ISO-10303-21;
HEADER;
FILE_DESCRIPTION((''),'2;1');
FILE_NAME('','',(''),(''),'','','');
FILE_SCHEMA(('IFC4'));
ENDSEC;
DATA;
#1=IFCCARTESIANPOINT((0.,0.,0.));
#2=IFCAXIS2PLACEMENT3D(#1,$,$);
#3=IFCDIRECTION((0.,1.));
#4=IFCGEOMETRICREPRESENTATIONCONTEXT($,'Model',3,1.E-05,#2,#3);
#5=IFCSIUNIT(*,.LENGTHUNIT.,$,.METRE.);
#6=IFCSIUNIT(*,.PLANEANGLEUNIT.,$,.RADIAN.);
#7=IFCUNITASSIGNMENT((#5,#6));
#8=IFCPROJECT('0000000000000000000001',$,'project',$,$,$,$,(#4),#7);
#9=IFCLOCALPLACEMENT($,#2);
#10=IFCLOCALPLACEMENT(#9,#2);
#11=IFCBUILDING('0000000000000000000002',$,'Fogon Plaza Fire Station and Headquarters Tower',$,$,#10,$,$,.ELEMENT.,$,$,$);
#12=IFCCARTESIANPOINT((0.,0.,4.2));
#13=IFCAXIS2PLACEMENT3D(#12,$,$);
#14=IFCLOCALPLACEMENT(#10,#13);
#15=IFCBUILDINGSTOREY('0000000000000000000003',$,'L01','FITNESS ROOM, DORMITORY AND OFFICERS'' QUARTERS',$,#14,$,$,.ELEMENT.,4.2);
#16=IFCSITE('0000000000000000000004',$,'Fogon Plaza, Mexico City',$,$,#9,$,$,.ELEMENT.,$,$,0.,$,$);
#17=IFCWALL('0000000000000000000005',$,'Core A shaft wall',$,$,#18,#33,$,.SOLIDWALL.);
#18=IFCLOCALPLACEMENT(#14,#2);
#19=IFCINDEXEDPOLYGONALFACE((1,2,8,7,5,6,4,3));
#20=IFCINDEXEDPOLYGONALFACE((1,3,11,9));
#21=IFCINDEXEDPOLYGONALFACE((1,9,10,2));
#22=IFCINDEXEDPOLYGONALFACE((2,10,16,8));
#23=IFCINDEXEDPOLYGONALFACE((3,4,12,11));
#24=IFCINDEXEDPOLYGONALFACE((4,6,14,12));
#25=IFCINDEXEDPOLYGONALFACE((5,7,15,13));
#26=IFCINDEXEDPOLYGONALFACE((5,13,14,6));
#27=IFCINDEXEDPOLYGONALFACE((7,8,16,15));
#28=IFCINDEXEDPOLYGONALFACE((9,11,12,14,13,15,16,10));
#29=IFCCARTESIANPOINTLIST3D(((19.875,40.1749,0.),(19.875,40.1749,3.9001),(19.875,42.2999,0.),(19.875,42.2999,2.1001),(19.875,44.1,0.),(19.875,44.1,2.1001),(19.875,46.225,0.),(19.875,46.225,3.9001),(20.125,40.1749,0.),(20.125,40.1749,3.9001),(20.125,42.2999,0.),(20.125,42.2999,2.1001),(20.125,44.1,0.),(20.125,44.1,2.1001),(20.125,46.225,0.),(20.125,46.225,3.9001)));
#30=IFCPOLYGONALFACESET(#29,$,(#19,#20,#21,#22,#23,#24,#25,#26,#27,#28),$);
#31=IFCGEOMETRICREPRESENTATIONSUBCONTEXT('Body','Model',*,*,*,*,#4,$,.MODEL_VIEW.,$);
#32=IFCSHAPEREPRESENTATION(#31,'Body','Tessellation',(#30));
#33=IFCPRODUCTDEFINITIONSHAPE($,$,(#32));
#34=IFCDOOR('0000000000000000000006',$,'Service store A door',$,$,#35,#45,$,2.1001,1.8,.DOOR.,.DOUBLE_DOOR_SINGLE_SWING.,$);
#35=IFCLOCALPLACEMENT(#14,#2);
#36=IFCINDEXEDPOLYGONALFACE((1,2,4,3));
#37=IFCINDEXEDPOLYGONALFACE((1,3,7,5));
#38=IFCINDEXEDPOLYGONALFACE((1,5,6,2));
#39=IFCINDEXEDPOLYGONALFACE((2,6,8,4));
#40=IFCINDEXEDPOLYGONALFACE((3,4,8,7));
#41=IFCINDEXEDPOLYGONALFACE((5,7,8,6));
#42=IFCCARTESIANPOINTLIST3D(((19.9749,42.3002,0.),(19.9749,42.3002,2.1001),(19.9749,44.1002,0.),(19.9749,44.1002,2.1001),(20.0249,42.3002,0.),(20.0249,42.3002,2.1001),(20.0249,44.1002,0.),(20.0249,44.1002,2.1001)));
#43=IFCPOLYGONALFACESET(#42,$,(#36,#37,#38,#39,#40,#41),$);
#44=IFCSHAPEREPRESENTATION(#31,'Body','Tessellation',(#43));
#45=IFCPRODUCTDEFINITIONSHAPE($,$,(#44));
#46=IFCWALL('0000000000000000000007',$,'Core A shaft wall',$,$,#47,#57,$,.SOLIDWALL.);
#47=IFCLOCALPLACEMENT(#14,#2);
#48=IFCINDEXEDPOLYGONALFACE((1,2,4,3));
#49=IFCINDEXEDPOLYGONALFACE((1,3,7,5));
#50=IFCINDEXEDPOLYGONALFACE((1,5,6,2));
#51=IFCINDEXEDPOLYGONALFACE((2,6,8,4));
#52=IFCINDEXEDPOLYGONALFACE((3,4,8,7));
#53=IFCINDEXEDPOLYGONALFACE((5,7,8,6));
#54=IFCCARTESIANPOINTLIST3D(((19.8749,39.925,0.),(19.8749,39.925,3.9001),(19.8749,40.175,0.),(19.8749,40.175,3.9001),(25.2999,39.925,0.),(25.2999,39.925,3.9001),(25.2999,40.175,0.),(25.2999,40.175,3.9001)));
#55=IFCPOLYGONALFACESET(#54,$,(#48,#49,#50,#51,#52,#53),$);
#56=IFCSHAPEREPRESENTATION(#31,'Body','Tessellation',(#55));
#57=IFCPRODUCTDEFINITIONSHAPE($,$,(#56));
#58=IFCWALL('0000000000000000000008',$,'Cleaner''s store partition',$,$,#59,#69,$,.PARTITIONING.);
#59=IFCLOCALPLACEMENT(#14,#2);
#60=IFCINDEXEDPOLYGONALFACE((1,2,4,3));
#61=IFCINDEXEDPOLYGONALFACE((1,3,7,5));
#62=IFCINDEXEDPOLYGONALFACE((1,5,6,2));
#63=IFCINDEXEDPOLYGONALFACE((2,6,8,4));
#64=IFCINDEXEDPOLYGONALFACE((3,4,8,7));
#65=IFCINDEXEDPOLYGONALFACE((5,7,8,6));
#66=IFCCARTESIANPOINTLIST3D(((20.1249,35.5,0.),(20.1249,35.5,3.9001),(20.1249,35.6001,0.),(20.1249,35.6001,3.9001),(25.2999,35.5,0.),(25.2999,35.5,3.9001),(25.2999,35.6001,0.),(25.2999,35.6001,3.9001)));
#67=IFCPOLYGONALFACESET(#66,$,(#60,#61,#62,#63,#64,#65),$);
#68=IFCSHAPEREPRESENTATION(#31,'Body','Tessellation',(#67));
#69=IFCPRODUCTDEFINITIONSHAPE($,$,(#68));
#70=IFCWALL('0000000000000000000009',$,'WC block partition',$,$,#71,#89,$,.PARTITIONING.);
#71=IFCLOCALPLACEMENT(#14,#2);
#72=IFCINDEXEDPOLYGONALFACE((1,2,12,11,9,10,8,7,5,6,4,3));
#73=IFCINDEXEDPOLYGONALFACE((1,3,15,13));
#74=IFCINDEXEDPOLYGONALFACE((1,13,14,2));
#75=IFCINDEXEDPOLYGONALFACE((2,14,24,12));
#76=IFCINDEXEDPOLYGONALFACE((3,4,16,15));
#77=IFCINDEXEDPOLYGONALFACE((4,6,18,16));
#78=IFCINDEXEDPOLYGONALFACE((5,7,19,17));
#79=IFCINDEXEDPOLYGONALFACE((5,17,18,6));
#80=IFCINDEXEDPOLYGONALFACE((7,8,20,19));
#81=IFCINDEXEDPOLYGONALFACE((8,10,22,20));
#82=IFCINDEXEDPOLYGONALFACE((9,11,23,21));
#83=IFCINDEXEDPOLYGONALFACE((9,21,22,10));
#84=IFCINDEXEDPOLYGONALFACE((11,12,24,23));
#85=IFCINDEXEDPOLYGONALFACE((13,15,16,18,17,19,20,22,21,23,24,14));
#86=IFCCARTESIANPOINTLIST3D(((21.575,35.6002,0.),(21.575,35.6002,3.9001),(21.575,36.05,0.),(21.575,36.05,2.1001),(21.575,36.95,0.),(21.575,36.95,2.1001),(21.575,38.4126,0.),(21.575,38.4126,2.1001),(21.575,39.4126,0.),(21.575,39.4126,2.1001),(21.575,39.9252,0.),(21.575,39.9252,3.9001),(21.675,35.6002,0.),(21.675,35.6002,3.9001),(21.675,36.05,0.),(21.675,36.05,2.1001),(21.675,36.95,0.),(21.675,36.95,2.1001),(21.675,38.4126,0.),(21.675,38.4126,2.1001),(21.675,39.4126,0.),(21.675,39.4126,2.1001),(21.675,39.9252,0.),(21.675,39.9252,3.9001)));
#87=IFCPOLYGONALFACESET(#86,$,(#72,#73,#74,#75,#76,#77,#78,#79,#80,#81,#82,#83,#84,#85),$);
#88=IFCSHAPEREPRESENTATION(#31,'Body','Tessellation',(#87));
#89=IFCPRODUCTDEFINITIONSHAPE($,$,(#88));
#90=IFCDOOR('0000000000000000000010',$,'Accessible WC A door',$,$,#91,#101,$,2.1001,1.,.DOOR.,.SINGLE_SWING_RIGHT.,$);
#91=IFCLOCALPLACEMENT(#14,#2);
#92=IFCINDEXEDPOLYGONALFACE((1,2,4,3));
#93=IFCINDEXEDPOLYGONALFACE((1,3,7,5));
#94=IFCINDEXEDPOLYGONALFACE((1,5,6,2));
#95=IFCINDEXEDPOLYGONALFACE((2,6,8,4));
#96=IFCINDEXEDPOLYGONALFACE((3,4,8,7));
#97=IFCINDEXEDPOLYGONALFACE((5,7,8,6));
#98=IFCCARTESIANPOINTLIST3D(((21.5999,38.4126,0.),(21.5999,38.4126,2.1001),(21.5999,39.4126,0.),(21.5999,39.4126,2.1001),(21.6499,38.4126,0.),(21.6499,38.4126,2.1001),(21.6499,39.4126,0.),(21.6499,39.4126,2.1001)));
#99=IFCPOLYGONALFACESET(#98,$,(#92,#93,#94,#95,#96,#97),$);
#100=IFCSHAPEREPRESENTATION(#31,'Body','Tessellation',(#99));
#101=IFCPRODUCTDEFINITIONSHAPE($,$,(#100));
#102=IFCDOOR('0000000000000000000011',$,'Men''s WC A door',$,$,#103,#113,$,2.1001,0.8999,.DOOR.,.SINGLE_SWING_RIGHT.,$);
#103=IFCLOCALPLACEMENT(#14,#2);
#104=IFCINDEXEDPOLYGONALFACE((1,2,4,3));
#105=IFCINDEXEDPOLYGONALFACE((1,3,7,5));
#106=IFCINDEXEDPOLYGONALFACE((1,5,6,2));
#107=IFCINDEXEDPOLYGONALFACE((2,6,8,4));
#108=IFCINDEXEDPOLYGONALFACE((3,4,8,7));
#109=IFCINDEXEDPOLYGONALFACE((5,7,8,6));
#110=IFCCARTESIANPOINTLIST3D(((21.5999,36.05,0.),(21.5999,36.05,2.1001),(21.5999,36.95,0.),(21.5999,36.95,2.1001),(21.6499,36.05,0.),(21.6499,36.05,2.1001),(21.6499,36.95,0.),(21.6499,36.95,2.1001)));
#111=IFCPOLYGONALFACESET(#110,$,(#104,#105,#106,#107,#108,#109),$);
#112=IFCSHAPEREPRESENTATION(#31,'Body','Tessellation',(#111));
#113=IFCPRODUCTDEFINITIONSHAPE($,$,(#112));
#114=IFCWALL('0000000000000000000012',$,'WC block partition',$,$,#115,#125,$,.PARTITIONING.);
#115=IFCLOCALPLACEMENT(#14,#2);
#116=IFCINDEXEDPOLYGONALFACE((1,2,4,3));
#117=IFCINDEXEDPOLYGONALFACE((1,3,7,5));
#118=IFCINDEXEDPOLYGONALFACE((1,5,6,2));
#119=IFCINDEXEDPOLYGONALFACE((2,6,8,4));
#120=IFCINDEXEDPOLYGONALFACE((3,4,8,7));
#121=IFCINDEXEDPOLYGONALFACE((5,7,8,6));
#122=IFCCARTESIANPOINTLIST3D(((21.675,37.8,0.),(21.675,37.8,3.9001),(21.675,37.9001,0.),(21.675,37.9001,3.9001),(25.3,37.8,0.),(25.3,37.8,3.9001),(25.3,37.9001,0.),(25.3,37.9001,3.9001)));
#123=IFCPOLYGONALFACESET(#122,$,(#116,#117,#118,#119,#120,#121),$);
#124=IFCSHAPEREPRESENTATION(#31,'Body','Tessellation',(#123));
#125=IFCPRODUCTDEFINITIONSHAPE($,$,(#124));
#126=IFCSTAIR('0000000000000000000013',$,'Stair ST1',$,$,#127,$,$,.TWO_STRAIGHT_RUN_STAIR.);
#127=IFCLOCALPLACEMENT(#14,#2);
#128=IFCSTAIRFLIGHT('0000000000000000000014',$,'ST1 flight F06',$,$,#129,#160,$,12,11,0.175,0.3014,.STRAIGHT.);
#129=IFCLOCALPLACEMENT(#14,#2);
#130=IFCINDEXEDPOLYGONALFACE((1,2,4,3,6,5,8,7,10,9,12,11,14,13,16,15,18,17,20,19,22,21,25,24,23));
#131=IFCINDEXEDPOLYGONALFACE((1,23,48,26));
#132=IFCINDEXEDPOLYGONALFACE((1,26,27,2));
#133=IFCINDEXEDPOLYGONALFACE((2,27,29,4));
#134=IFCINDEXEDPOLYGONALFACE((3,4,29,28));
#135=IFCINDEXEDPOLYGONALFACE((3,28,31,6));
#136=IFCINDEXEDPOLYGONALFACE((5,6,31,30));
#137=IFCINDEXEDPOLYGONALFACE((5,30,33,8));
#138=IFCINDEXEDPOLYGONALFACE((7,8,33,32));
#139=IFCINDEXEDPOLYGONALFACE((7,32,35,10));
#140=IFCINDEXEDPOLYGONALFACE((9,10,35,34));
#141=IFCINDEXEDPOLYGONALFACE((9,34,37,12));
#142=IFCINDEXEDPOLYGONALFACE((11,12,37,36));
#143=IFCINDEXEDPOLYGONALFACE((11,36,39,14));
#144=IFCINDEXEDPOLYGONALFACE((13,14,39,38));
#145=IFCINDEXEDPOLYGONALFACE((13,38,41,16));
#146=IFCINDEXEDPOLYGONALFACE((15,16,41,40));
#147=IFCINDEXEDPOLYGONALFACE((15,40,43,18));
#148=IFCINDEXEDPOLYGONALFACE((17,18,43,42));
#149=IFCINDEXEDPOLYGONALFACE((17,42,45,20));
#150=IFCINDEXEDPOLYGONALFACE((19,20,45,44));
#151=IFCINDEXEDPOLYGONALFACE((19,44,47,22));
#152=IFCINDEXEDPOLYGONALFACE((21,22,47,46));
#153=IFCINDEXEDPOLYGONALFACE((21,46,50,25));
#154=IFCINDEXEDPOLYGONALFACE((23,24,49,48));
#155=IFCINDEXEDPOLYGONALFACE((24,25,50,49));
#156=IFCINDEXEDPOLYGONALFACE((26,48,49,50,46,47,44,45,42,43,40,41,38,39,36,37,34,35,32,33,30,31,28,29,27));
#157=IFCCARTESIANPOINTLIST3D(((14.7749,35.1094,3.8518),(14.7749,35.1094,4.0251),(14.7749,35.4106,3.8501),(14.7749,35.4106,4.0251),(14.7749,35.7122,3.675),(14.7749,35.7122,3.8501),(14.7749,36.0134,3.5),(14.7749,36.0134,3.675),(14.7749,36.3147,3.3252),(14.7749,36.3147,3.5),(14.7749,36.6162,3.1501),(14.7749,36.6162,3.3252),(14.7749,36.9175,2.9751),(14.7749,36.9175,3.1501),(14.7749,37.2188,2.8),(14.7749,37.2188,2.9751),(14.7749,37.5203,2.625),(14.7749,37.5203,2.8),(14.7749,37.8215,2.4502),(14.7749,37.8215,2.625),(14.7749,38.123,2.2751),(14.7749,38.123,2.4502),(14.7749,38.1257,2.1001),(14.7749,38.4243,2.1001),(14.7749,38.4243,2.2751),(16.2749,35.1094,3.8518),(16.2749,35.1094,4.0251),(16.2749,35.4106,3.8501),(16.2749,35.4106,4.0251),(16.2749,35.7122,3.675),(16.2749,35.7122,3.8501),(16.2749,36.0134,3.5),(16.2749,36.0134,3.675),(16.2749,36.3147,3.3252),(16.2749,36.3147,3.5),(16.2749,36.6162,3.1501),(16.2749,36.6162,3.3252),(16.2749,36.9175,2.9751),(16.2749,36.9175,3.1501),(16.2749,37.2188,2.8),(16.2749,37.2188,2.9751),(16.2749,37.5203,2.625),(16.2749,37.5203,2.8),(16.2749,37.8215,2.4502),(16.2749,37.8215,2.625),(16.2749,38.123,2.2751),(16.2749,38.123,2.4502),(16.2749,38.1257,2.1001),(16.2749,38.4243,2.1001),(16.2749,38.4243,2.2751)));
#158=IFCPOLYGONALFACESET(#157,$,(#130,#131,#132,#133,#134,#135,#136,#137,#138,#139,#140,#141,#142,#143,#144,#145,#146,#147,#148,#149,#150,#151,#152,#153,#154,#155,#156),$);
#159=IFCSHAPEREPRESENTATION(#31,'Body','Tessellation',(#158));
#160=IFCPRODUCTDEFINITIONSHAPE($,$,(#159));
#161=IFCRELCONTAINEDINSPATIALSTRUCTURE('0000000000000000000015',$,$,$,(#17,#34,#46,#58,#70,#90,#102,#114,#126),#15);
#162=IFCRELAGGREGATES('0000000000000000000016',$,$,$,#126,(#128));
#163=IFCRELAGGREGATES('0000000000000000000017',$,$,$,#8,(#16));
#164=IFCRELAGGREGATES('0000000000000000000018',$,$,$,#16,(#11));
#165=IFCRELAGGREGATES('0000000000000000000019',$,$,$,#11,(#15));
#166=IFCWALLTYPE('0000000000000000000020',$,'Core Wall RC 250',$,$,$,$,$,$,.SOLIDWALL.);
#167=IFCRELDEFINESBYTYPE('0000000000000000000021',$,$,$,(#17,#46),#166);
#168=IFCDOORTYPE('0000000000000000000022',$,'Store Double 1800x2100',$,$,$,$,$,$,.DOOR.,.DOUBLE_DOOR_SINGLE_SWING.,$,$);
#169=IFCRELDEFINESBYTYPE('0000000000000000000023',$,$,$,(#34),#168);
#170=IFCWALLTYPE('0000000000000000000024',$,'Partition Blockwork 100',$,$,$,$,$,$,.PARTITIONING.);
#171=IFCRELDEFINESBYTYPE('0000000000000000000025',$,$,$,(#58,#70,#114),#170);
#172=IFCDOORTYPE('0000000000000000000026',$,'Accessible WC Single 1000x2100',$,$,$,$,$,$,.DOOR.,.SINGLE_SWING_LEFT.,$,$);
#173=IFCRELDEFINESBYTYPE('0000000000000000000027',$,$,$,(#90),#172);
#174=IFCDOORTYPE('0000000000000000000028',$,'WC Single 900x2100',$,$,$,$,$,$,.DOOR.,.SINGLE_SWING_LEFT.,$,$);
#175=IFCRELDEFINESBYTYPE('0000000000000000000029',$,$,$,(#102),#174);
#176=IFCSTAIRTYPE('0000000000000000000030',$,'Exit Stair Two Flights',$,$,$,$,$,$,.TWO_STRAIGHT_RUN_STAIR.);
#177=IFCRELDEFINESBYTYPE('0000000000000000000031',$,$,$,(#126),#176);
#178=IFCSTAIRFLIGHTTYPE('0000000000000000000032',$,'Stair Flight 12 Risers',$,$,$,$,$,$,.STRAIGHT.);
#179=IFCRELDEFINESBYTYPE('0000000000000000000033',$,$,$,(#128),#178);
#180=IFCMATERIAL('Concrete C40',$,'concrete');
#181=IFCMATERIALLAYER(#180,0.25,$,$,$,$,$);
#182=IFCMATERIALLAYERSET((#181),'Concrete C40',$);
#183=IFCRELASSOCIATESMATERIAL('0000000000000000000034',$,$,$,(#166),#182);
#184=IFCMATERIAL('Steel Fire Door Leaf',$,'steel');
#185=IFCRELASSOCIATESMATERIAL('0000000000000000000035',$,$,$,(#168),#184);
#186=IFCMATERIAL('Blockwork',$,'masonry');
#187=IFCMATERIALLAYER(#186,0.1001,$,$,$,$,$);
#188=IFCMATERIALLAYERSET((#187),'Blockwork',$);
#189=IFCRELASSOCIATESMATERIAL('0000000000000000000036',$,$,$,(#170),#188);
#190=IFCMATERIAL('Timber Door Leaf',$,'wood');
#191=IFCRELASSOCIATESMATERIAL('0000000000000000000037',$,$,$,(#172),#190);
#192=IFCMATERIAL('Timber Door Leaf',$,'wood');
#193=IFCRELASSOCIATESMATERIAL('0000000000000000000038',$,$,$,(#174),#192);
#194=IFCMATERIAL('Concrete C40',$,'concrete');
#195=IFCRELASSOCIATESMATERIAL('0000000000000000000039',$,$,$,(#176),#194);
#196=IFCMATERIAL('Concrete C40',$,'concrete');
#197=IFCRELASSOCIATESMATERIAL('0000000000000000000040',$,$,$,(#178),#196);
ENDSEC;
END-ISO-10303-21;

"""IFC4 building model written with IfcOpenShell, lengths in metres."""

from ifc_helpers import new_model, si_unit, direction, frame, frame_2d, origin, place, context, subcontext, project, spatial, polyline, rectangle, outline, extrude, material, layer, layer_set, type_object, element, fill, aggregate, save


model = new_model("IFC4")

# Units and contexts
model_context = context("Model", 3, precision=1e-05, world=origin(), true_north=direction((0.0, 1.0)))
body_context = subcontext(model_context, "Body", "Model", "MODEL_VIEW")
ifc_project = project(units=[si_unit("LENGTHUNIT", "METRE"), si_unit("PLANEANGLEUNIT", "RADIAN")], contexts=[model_context])

# Site, building, storey
site_placement = place(None, origin())
site = spatial("IfcSite", under=ifc_project, at=site_placement, Name="Fogon Plaza, Mexico City", CompositionType="ELEMENT", RefElevation=0.0)
building_placement = place(site_placement, origin())
building = spatial("IfcBuilding", under=site, at=building_placement, Name="Fogon Plaza Fire Station and Headquarters Tower", CompositionType="ELEMENT")
storey_placement = place(building_placement, frame((0.0, 0.0, 4.2)))
storey = spatial("IfcBuildingStorey", under=building, at=storey_placement, Name="L01", Description="FITNESS ROOM, DORMITORY AND OFFICERS' QUARTERS", CompositionType="ELEMENT", Elevation=4.2)

# Shared definitions
ifc_material_1 = material(Name="Concrete C40", Category="concrete")
ifc_layer_1 = layer(ifc_material_1, 0.25)
ifc_layer_set_1 = layer_set([ifc_layer_1], Name="Concrete C40")
wall_type_1 = type_object("IfcWallType", Name="Core Wall RC 250", PredefinedType="SOLIDWALL", material=ifc_layer_set_1)

# Wall, opening, door
wall_1_placement = place(storey_placement, frame((20.0, 40.175, 0.0), z_axis=(0.0, 0.0, 1.0), x_axis=(0.0, 1.0, 0.0)))
wall_1 = element("IfcWall", 1, at=wall_1_placement, inside=storey, type_object=wall_type_1, Name="Core A shaft wall", PredefinedType="SOLIDWALL", context=body_context, shape_type="SweptSolid", body=[
    extrude(rectangle(XDim=6.05, YDim=0.25, at=frame_2d((3.0249, 0.0))), origin(), (0.0, 0.0, 1.0), 3.9001),
])
opening_1_placement = place(wall_1_placement, frame((2.125, 0.0, 0.0)))
opening_1 = element("IfcOpeningElement", 2, at=opening_1_placement, cuts=wall_1, PredefinedType="OPENING", context=body_context, shape_type="SweptSolid", body=[
    extrude(rectangle(XDim=1.8, YDim=2.1001, at=frame_2d((0.8999, 1.05))), frame((0.0, 0.135, 0.0), z_axis=(0.0, -1.0, 0.0), x_axis=(1.0, 0.0, 0.0)), (0.0, 0.0, 1.0), 0.27),
])
ifc_material_2 = material(Name="Steel Fire Door Leaf", Category="steel")
door_type_1 = type_object("IfcDoorType", Name="Store Double 1800x2100", OperationType="DOUBLE_DOOR_SINGLE_SWING", PredefinedType="DOOR", material=ifc_material_2)
door_1_placement = place(opening_1_placement, frame((1.8, 0.0, 0.0), z_axis=(0.0, 0.0, 1.0), x_axis=(-1.0, 0.0, 0.0)))
door_1 = element("IfcDoor", 3, at=door_1_placement, inside=storey, type_object=door_type_1, Name="Service store A door", OperationType="DOUBLE_DOOR_SINGLE_SWING", OverallHeight=2.1001, OverallWidth=1.8, PredefinedType="DOOR", context=body_context, shape_type="SweptSolid", body=[
    extrude(rectangle(XDim=1.8, YDim=2.1001, at=frame_2d((0.8999, 1.05))), frame((0.0, 0.0249, 0.0), z_axis=(0.0, -1.0, 0.0), x_axis=(1.0, 0.0, 0.0)), (0.0, 0.0, 1.0), 0.05),
])
fill(opening_1, door_1)

# Walls
wall_2_placement = place(storey_placement, frame((19.875, 40.05, 0.0), z_axis=(0.0, 0.0, 1.0), x_axis=(1.0, 0.0, 0.0)))
element("IfcWall", 4, at=wall_2_placement, inside=storey, type_object=wall_type_1, Name="Core A shaft wall", PredefinedType="SOLIDWALL", context=body_context, shape_type="SweptSolid", body=[
    extrude(rectangle(XDim=5.425, YDim=0.25, at=frame_2d((2.7124, 0.0))), origin(), (0.0, 0.0, 1.0), 3.9001),
])
ifc_material_3 = material(Name="Blockwork", Category="masonry")
ifc_layer_2 = layer(ifc_material_3, 0.1001)
ifc_layer_set_2 = layer_set([ifc_layer_2], Name="Blockwork")
wall_type_2 = type_object("IfcWallType", Name="Partition Blockwork 100", PredefinedType="PARTITIONING", material=ifc_layer_set_2)
wall_3_placement = place(storey_placement, frame((20.125, 35.55, 0.0), z_axis=(0.0, 0.0, 1.0), x_axis=(1.0, 0.0, 0.0)))
element("IfcWall", 5, at=wall_3_placement, inside=storey, type_object=wall_type_2, Name="Cleaner's store partition", PredefinedType="PARTITIONING", context=body_context, shape_type="SweptSolid", body=[
    extrude(rectangle(XDim=5.175, YDim=0.1001, at=frame_2d((2.5874, 0.0))), origin(), (0.0, 0.0, 1.0), 3.9001),
])

# Wall, openings, doors
wall_4_placement = place(storey_placement, frame((21.625, 35.6001, 0.0), z_axis=(0.0, 0.0, 1.0), x_axis=(0.0, 1.0, 0.0)))
wall_4 = element("IfcWall", 6, at=wall_4_placement, inside=storey, type_object=wall_type_2, Name="WC block partition", PredefinedType="PARTITIONING", context=body_context, shape_type="SweptSolid", body=[
    extrude(rectangle(XDim=4.325, YDim=0.1001, at=frame_2d((2.1626, 0.0))), origin(), (0.0, 0.0, 1.0), 3.9001),
])
opening_2_placement = place(wall_4_placement, frame((0.45, 0.0, 0.0)))
opening_2 = element("IfcOpeningElement", 7, at=opening_2_placement, cuts=wall_4, PredefinedType="OPENING", context=body_context, shape_type="SweptSolid", body=[
    extrude(rectangle(XDim=0.8999, YDim=2.1001, at=frame_2d((0.45, 1.05))), frame((0.0, 0.0601, 0.0), z_axis=(0.0, -1.0, 0.0), x_axis=(1.0, 0.0, 0.0)), (0.0, 0.0, 1.0), 0.1201),
])
opening_3_placement = place(wall_4_placement, frame((2.8125, 0.0, 0.0)))
opening_3 = element("IfcOpeningElement", 8, at=opening_3_placement, cuts=wall_4, PredefinedType="OPENING", context=body_context, shape_type="SweptSolid", body=[
    extrude(rectangle(XDim=1.0, YDim=2.1001, at=frame_2d((0.5, 1.05))), frame((0.0, 0.0601, 0.0), z_axis=(0.0, -1.0, 0.0), x_axis=(1.0, 0.0, 0.0)), (0.0, 0.0, 1.0), 0.1201),
])
ifc_material_4 = material(Name="Timber Door Leaf", Category="wood")
door_type_2 = type_object("IfcDoorType", Name="Accessible WC Single 1000x2100", OperationType="SINGLE_SWING_LEFT", PredefinedType="DOOR", material=ifc_material_4)
door_2_placement = place(opening_3_placement, frame((1.0, 0.0, 0.0), z_axis=(0.0, 0.0, 1.0), x_axis=(-1.0, 0.0, 0.0)))
door_2 = element("IfcDoor", 9, at=door_2_placement, inside=storey, type_object=door_type_2, Name="Accessible WC A door", OperationType="SINGLE_SWING_RIGHT", OverallHeight=2.1001, OverallWidth=1.0, PredefinedType="DOOR", context=body_context, shape_type="SweptSolid", body=[
    extrude(rectangle(XDim=1.0, YDim=2.1001, at=frame_2d((0.5, 1.05))), frame((0.0, 0.0249, 0.0), z_axis=(0.0, -1.0, 0.0), x_axis=(1.0, 0.0, 0.0)), (0.0, 0.0, 1.0), 0.05),
])
fill(opening_3, door_2)
ifc_material_5 = material(Name="Timber Door Leaf", Category="wood")
door_type_3 = type_object("IfcDoorType", Name="WC Single 900x2100", OperationType="SINGLE_SWING_LEFT", PredefinedType="DOOR", material=ifc_material_5)
door_3_placement = place(opening_2_placement, frame((0.8999, 0.0, 0.0), z_axis=(0.0, 0.0, 1.0), x_axis=(-1.0, 0.0, 0.0)))
door_3 = element("IfcDoor", 10, at=door_3_placement, inside=storey, type_object=door_type_3, Name="Men's WC A door", OperationType="SINGLE_SWING_RIGHT", OverallHeight=2.1001, OverallWidth=0.8999, PredefinedType="DOOR", context=body_context, shape_type="SweptSolid", body=[
    extrude(rectangle(XDim=0.8999, YDim=2.1001, at=frame_2d((0.45, 1.05))), frame((0.0, 0.0249, 0.0), z_axis=(0.0, -1.0, 0.0), x_axis=(1.0, 0.0, 0.0)), (0.0, 0.0, 1.0), 0.05),
])
fill(opening_2, door_3)

# Wall
wall_5_placement = place(storey_placement, frame((21.675, 37.8501, 0.0), z_axis=(0.0, 0.0, 1.0), x_axis=(1.0, 0.0, 0.0)))
element("IfcWall", 11, at=wall_5_placement, inside=storey, type_object=wall_type_2, Name="WC block partition", PredefinedType="PARTITIONING", context=body_context, shape_type="SweptSolid", body=[
    extrude(rectangle(XDim=3.625, YDim=0.1001, at=frame_2d((1.8125, 0.0))), origin(), (0.0, 0.0, 1.0), 3.9001),
])

# Stair, stair flight
ifc_material_6 = material(Name="Concrete C40", Category="concrete")
stair_type = type_object("IfcStairType", Name="Exit Stair Two Flights", PredefinedType="TWO_STRAIGHT_RUN_STAIR", material=ifc_material_6)
stair_placement = place(storey_placement, origin())
stair = element("IfcStair", 12, at=stair_placement, inside=storey, type_object=stair_type, Name="Stair ST1", PredefinedType="TWO_STRAIGHT_RUN_STAIR")
ifc_material_7 = material(Name="Concrete C40", Category="concrete")
stair_flight_type = type_object("IfcStairFlightType", Name="Stair Flight 12 Risers", PredefinedType="STRAIGHT", material=ifc_material_7)
stair_flight_placement = place(storey_placement, frame((15.5249, 38.4243, 2.1001), z_axis=(0.0, 0.0, 1.0), x_axis=(0.0, -1.0, 0.0)))
stair_flight = element("IfcStairFlight", 13, at=stair_flight_placement, type_object=stair_flight_type, Name="ST1 flight F06", NumberOfRisers=12, NumberOfTreads=11, PredefinedType="STRAIGHT", RiserHeight=0.175, TreadLength=0.3014, context=body_context, shape_type="SweptSolid", body=[
    extrude(outline(polyline([(0.0, 0.0), (0.0, 0.175), (0.3013, 0.175), (0.3013, 0.3501), (0.6028, 0.3501), (0.6028, 0.5249), (0.9041, 0.5249), (0.9041, 0.7), (1.2056, 0.7), (1.2056, 0.875), (1.5068, 0.875), (1.5068, 1.05), (1.8081, 1.05), (1.8081, 1.2251), (2.1096, 1.2251), (2.1096, 1.3999), (2.4109, 1.3999), (2.4109, 1.575), (2.7122, 1.575), (2.7122, 1.75), (3.0137, 1.75), (3.0137, 1.925), (3.3149, 1.925), (3.3149, 2.1001), (3.3149, 1.7517), (0.2986, 0.0), (0.0, 0.0)])), frame((0.0, 0.75, 0.0), z_axis=(0.0, -1.0, 0.0), x_axis=(1.0, 0.0, 0.0)), (0.0, 0.0, 1.0), 1.5),
])
aggregate(stair, [stair_flight])

save(model, "model.ifc")
